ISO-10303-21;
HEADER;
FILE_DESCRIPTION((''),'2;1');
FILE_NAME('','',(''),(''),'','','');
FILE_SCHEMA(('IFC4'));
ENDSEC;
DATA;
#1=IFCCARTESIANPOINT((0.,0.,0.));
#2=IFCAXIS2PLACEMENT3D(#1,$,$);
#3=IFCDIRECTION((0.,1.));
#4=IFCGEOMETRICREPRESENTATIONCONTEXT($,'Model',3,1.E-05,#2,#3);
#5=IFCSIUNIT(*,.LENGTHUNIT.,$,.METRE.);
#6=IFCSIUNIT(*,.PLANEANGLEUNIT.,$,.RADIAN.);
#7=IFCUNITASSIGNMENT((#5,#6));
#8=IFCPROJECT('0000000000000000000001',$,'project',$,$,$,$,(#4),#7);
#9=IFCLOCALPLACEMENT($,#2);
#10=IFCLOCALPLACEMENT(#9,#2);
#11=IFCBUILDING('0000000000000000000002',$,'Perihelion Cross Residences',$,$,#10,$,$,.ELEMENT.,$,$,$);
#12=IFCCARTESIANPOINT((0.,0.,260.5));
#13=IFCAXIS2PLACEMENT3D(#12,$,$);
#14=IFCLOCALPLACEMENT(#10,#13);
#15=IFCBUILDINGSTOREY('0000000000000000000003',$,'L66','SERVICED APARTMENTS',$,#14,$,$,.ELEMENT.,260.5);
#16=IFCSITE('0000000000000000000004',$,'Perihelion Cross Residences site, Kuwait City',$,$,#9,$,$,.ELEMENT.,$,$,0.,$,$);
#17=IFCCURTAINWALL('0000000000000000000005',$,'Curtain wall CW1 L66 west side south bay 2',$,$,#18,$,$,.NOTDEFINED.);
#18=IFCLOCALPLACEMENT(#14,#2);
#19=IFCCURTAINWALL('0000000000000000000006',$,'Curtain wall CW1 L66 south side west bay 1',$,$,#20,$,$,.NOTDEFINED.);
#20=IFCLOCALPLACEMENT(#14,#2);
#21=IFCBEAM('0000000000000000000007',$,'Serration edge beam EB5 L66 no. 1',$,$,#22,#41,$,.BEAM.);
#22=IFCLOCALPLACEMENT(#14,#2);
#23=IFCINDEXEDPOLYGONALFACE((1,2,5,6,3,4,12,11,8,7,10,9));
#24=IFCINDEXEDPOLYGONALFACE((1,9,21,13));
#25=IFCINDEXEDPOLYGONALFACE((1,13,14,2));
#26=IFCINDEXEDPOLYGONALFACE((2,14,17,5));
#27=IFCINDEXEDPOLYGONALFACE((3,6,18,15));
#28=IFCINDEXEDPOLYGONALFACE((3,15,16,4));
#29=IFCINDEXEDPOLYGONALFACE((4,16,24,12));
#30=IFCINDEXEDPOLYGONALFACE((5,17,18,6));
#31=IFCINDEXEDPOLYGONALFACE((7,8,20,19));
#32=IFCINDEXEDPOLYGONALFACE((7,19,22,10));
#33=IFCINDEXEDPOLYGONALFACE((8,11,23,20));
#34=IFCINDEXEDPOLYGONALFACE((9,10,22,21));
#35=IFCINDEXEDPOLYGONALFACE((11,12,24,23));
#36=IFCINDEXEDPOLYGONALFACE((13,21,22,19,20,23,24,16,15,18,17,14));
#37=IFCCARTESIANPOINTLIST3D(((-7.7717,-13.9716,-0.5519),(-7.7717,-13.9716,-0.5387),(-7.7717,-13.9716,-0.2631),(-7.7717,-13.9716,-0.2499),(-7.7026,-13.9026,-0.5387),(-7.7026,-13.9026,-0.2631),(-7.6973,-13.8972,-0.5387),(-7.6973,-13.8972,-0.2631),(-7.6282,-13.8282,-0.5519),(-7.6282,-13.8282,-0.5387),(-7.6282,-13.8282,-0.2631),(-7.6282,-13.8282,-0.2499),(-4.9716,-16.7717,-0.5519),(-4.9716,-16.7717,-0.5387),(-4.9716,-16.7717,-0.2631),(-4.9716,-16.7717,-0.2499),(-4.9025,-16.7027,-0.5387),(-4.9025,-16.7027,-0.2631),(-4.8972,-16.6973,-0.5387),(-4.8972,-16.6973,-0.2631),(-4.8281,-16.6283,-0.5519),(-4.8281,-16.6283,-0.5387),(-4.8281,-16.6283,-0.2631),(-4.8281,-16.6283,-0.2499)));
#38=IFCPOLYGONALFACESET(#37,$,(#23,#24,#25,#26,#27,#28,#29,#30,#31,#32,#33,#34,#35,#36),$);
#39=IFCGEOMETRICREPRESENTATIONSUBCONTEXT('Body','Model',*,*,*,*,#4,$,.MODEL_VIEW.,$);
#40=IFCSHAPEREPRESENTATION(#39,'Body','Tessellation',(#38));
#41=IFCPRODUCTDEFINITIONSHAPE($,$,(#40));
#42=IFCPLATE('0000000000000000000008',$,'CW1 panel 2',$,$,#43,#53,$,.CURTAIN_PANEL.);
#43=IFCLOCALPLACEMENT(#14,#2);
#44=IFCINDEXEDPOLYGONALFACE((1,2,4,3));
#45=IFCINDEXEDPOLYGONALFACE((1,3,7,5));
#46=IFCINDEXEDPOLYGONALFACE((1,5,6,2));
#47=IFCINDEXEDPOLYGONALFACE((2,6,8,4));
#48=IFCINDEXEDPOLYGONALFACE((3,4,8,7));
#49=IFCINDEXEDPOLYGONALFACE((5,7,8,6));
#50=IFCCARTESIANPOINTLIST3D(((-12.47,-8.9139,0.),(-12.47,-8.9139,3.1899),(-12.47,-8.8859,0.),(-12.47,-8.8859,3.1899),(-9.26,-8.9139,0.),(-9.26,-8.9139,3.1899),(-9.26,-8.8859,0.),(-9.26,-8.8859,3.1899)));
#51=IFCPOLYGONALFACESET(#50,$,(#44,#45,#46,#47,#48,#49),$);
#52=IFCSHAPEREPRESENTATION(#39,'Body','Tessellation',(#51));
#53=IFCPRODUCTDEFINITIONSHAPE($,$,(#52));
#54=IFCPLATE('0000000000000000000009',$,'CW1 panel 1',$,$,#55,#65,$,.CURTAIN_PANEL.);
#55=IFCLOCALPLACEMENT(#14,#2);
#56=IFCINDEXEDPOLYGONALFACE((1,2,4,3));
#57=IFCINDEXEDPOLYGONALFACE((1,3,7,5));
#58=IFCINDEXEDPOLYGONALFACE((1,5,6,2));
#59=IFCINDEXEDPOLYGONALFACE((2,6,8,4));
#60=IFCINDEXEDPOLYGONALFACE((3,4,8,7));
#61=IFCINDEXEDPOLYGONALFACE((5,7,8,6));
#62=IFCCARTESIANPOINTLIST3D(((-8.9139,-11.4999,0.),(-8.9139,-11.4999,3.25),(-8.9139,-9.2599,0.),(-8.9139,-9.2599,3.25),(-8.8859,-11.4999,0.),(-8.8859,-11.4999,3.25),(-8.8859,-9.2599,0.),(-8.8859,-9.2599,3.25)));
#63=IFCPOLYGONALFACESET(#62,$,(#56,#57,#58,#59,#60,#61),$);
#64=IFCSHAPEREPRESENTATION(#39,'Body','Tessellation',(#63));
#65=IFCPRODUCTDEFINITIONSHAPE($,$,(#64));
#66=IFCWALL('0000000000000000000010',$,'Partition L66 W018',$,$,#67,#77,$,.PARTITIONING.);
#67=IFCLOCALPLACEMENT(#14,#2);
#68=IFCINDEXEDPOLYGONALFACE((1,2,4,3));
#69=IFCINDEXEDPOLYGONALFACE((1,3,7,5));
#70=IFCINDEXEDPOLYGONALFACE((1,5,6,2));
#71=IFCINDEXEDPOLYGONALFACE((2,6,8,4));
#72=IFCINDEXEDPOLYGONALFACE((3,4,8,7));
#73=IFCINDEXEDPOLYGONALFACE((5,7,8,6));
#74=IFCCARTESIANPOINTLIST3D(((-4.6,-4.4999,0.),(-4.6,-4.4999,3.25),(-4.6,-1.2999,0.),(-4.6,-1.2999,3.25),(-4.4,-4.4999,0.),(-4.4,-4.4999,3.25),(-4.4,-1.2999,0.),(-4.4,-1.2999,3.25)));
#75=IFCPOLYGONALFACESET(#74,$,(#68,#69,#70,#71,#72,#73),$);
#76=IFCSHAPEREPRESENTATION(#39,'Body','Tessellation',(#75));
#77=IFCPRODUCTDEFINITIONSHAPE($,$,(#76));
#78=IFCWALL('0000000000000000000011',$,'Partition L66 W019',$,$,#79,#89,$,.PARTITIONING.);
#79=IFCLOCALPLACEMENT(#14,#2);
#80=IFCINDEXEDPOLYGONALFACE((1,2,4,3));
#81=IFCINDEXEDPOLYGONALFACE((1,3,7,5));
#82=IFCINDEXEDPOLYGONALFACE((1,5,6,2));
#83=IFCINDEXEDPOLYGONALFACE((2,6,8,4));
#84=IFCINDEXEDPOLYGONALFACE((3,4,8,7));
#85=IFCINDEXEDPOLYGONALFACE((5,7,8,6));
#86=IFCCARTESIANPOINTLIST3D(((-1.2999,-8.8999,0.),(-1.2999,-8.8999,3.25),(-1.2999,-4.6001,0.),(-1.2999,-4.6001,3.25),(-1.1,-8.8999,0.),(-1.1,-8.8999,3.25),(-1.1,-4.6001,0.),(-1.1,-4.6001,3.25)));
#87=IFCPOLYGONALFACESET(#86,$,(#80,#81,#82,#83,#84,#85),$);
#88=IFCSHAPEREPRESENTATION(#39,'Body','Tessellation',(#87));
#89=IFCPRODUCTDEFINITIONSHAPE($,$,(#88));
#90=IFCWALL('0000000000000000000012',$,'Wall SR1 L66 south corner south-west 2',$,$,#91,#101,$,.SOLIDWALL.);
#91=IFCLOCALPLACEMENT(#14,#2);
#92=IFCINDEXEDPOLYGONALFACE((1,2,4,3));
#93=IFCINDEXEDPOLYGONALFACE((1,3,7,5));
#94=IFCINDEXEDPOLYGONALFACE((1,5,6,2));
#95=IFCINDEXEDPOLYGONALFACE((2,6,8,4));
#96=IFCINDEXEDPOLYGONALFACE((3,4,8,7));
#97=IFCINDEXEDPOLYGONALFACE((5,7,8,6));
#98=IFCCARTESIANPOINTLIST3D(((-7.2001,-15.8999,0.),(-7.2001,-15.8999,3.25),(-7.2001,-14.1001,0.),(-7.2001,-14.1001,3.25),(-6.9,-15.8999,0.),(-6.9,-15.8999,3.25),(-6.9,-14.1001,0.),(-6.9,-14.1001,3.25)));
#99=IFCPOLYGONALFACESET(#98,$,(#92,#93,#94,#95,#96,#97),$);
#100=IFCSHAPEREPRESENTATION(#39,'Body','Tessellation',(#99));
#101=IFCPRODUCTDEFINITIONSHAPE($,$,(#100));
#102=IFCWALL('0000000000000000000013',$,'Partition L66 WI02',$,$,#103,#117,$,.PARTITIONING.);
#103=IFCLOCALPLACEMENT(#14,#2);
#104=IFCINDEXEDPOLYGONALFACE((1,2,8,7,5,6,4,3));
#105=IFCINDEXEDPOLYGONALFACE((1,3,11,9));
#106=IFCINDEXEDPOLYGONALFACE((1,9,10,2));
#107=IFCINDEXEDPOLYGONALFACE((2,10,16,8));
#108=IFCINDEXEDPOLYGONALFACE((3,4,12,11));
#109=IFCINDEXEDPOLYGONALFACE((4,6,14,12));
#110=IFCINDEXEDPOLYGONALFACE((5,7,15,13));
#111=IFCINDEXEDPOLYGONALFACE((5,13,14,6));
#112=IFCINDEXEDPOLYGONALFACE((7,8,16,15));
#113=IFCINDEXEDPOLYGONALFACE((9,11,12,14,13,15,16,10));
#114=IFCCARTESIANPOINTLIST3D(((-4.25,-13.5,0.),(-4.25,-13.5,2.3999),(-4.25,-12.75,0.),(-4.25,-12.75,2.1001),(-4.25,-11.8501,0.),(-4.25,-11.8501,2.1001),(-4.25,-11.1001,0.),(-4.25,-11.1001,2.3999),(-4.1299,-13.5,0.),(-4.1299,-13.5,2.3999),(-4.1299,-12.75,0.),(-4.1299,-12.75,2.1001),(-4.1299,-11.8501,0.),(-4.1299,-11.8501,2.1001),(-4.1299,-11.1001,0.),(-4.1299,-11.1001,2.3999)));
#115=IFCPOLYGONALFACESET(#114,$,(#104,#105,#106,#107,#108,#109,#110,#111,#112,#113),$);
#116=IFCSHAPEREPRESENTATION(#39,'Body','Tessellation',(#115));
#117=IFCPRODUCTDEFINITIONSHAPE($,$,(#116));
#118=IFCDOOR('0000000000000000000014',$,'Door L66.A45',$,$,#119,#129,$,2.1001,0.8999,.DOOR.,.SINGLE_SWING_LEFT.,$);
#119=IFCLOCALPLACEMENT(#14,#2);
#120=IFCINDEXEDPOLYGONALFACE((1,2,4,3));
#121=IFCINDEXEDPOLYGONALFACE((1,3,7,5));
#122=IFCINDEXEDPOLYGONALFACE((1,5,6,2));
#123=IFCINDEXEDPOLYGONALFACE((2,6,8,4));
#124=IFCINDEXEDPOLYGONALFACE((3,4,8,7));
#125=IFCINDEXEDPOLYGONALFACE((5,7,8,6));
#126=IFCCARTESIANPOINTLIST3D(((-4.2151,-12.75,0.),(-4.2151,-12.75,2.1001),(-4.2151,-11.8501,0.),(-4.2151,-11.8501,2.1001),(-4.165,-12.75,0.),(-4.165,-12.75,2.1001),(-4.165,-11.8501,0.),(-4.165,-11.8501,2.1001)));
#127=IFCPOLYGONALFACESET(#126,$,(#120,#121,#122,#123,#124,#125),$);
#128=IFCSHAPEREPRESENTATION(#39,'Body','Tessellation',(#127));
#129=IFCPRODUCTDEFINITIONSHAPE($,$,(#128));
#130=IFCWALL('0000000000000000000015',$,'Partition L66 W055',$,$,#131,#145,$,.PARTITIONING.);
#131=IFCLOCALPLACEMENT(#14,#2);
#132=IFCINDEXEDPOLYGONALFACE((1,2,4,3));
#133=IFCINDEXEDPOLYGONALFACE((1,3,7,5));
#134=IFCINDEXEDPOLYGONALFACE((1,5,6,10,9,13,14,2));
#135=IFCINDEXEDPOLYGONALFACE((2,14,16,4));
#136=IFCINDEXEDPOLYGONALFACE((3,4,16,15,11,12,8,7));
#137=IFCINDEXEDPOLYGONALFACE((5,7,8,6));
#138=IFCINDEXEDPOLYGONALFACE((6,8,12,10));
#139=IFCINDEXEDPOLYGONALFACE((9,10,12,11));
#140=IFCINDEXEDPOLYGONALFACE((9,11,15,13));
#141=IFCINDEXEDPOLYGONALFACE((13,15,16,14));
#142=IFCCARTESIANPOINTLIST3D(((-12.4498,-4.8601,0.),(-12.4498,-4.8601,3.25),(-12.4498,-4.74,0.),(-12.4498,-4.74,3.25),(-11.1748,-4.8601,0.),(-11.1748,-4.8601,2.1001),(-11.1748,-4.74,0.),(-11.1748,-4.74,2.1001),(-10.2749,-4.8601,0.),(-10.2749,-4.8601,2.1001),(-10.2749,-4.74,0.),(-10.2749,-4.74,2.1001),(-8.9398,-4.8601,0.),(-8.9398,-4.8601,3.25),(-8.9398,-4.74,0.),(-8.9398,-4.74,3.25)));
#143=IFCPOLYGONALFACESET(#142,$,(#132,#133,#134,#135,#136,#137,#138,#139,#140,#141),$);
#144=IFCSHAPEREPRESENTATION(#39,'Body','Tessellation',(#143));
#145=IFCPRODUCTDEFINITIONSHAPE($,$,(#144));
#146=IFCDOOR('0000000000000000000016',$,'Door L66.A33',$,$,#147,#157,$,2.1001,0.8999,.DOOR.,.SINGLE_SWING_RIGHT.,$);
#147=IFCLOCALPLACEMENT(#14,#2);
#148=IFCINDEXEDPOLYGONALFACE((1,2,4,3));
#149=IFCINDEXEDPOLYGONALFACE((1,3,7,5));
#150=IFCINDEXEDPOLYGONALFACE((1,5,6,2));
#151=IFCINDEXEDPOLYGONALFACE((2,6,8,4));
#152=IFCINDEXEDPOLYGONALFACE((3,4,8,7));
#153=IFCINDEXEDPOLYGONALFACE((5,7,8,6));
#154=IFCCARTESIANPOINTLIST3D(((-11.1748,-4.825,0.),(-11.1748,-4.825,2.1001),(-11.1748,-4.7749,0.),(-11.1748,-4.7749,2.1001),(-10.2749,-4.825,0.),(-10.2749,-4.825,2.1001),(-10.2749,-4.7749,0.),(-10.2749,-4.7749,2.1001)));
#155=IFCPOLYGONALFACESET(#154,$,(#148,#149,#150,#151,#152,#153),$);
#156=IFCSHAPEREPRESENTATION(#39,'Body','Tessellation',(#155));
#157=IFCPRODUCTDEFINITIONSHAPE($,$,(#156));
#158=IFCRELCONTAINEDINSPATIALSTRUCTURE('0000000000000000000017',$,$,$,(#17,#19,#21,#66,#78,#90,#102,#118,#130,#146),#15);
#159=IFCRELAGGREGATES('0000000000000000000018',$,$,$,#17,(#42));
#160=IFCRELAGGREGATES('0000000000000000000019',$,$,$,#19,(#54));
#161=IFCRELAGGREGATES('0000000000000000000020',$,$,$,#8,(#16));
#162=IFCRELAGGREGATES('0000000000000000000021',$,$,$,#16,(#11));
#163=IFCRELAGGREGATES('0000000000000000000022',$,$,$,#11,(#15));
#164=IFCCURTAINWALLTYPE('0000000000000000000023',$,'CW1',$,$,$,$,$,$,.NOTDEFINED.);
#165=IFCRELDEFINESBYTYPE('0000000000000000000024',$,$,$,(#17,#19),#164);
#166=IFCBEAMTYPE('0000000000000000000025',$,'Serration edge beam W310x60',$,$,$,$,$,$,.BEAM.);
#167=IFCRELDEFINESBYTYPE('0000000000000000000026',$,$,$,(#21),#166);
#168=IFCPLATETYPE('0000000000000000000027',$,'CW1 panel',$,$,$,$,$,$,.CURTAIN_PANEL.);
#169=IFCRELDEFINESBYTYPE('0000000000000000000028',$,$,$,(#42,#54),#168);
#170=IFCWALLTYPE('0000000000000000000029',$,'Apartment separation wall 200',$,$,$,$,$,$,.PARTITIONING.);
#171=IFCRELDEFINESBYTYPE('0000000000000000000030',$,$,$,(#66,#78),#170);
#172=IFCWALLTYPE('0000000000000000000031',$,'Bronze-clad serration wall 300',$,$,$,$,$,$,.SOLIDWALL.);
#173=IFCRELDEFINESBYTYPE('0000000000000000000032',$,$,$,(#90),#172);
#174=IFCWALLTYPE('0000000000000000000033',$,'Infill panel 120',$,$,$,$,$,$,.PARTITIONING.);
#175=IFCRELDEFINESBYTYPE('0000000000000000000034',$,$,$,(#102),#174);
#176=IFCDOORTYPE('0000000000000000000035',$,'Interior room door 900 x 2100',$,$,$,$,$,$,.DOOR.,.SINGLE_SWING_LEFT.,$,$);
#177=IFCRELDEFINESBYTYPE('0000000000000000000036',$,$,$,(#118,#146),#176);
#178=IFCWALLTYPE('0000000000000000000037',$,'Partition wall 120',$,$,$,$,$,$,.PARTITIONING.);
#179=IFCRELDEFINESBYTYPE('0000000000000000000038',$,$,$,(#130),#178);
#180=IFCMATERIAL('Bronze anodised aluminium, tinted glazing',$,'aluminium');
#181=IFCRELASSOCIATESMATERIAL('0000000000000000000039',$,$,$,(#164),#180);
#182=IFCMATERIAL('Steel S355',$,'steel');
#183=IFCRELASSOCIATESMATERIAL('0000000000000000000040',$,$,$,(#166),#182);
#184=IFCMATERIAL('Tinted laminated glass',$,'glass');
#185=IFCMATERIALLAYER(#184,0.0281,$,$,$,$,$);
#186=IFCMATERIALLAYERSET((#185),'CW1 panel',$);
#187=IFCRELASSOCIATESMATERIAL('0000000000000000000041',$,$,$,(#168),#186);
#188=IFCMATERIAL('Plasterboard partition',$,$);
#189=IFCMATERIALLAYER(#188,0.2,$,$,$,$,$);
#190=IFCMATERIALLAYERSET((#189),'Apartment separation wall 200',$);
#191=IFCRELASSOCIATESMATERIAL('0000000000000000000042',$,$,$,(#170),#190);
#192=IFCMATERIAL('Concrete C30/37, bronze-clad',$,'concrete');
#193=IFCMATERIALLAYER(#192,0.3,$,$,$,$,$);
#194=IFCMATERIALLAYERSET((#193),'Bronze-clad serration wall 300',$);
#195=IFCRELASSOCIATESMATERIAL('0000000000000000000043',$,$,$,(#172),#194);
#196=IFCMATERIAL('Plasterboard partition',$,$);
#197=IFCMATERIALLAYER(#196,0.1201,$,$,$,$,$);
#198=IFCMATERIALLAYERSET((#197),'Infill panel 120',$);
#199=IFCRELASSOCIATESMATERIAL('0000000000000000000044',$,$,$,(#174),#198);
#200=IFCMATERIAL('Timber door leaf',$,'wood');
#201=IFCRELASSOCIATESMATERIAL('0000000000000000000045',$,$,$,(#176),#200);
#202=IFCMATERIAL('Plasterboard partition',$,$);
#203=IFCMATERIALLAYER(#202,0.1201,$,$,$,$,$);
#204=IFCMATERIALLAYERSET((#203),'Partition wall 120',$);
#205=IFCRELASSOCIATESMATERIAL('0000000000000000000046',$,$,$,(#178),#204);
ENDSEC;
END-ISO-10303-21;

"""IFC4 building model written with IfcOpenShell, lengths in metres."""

from ifc_helpers import new_model, si_unit, direction, frame, frame_2d, origin, origin_2d, place, context, subcontext, project, spatial, rectangle, i_section, extrude, material, layer, layer_set, material_profile, profile_set, type_object, element, fill, aggregate, save


model = new_model("IFC4")

# Units and contexts
model_context = context("Model", 3, precision=1e-05, world=origin(), true_north=direction((0.0, 1.0)))
body_context = subcontext(model_context, "Body", "Model", "MODEL_VIEW")
ifc_project = project(units=[si_unit("LENGTHUNIT", "METRE"), si_unit("PLANEANGLEUNIT", "RADIAN")], contexts=[model_context])

# Site, building, storey
site_placement = place(None, origin())
site = spatial("IfcSite", under=ifc_project, at=site_placement, Name="Perihelion Cross Residences site, Kuwait City", CompositionType="ELEMENT", RefElevation=0.0)
building_placement = place(site_placement, origin())
building = spatial("IfcBuilding", under=site, at=building_placement, Name="Perihelion Cross Residences", CompositionType="ELEMENT")
storey_placement = place(building_placement, frame((0.0, 0.0, 260.5)))
storey = spatial("IfcBuildingStorey", under=building, at=storey_placement, Name="L66", Description="SERVICED APARTMENTS", CompositionType="ELEMENT", Elevation=260.5)

# Curtain walls
ifc_material_1 = material(Name="Bronze anodised aluminium, tinted glazing", Category="aluminium")
curtain_wall_type = type_object("IfcCurtainWallType", Name="CW1", PredefinedType="NOTDEFINED", material=ifc_material_1)
curtain_wall_1_placement = place(storey_placement, origin())
curtain_wall_1 = element("IfcCurtainWall", 1, at=curtain_wall_1_placement, inside=storey, type_object=curtain_wall_type, Name="Curtain wall CW1 L66 west side south bay 2", PredefinedType="NOTDEFINED")
curtain_wall_2_placement = place(storey_placement, origin())
curtain_wall_2 = element("IfcCurtainWall", 2, at=curtain_wall_2_placement, inside=storey, type_object=curtain_wall_type, Name="Curtain wall CW1 L66 south side west bay 1", PredefinedType="NOTDEFINED")

# Beam
ifc_material_2 = material(Name="Steel S355", Category="steel")
ifc_material_profile_1 = material_profile(ifc_material_2, i_section(OverallWidth=0.2029, OverallDepth=0.302, WebThickness=0.0076, FlangeThickness=0.0132, at=origin_2d()), Name="W310x60")
ifc_profile_set_1 = profile_set([ifc_material_profile_1], Name="Steel S355")
beam_type_1 = type_object("IfcBeamType", Name="Serration edge beam W310x60", PredefinedType="BEAM", material=ifc_profile_set_1)
beam_1_placement = place(storey_placement, frame((-7.7, -13.8999, -0.4009), z_axis=(0.707107, -0.707107, 0.0), x_axis=(0.707107, 0.707107, 0.0)))
element("IfcBeam", 3, at=beam_1_placement, inside=storey, type_object=beam_type_1, Name="Serration edge beam EB5 L66 no. 1", PredefinedType="BEAM", context=body_context, shape_type="SweptSolid", body=[
    extrude(i_section(OverallWidth=0.2029, OverallDepth=0.302, WebThickness=0.0076, FlangeThickness=0.0132, at=origin_2d()), origin(), (0.0, 0.0, 1.0), 3.96),
])

# Plates
ifc_material_3 = material(Name="Tinted laminated glass", Category="glass")
ifc_layer_1 = layer(ifc_material_3, 0.0281)
ifc_layer_set_1 = layer_set([ifc_layer_1], Name="CW1 panel")
plate_type = type_object("IfcPlateType", Name="CW1 panel", PredefinedType="CURTAIN_PANEL", material=ifc_layer_set_1)
plate_1_placement = place(storey_placement, frame((-10.865, -8.8999, 0.0), z_axis=(0.0, 0.0, 1.0), x_axis=(1.0, 0.0, 0.0)))
plate_1 = element("IfcPlate", 4, at=plate_1_placement, type_object=plate_type, Name="CW1 panel 2", PredefinedType="CURTAIN_PANEL", context=body_context, shape_type="SweptSolid", body=[
    extrude(rectangle(XDim=3.21, YDim=0.0281, at=origin_2d()), origin(), (0.0, 0.0, 1.0), 3.1899),
])
aggregate(curtain_wall_1, [plate_1])
plate_2_placement = place(storey_placement, frame((-8.8999, -10.3799, 0.0), z_axis=(0.0, 0.0, 1.0), x_axis=(0.0, -1.0, 0.0)))
plate_2 = element("IfcPlate", 5, at=plate_2_placement, type_object=plate_type, Name="CW1 panel 1", PredefinedType="CURTAIN_PANEL", context=body_context, shape_type="SweptSolid", body=[
    extrude(rectangle(XDim=2.24, YDim=0.0281, at=origin_2d()), origin(), (0.0, 0.0, 1.0), 3.25),
])
aggregate(curtain_wall_2, [plate_2])

# Walls
ifc_material_4 = material(Name="Plasterboard partition")
ifc_layer_2 = layer(ifc_material_4, 0.2)
ifc_layer_set_2 = layer_set([ifc_layer_2], Name="Apartment separation wall 200")
wall_type_1 = type_object("IfcWallType", Name="Apartment separation wall 200", PredefinedType="PARTITIONING", material=ifc_layer_set_2)
wall_1_placement = place(storey_placement, frame((-4.5, -4.5, 0.0), z_axis=(0.0, 0.0, 1.0), x_axis=(0.0, 1.0, 0.0)))
element("IfcWall", 6, at=wall_1_placement, inside=storey, type_object=wall_type_1, Name="Partition L66 W018", PredefinedType="PARTITIONING", context=body_context, shape_type="SweptSolid", body=[
    extrude(rectangle(XDim=3.2, YDim=0.2, at=frame_2d((1.6001, 0.0))), origin(), (0.0, 0.0, 1.0), 3.25),
])
wall_2_placement = place(storey_placement, frame((-1.2, -8.8999, 0.0), z_axis=(0.0, 0.0, 1.0), x_axis=(0.0, 1.0, 0.0)))
element("IfcWall", 7, at=wall_2_placement, inside=storey, type_object=wall_type_1, Name="Partition L66 W019", PredefinedType="PARTITIONING", context=body_context, shape_type="SweptSolid", body=[
    extrude(rectangle(XDim=4.2998, YDim=0.2, at=frame_2d((2.1499, 0.0))), origin(), (0.0, 0.0, 1.0), 3.25),
])

# Wall
ifc_material_5 = material(Name="Concrete C30/37, bronze-clad", Category="concrete")
ifc_layer_3 = layer(ifc_material_5, 0.3)
ifc_layer_set_3 = layer_set([ifc_layer_3], Name="Bronze-clad serration wall 300")
wall_type_2 = type_object("IfcWallType", Name="Bronze-clad serration wall 300", PredefinedType="SOLIDWALL", material=ifc_layer_set_3)
wall_3_placement = place(storey_placement, frame((-7.05, -14.1001, 0.0), z_axis=(0.0, 0.0, 1.0), x_axis=(0.0, -1.0, 0.0)))
element("IfcWall", 8, at=wall_3_placement, inside=storey, type_object=wall_type_2, Name="Wall SR1 L66 south corner south-west 2", PredefinedType="SOLIDWALL", context=body_context, shape_type="SweptSolid", body=[
    extrude(rectangle(XDim=1.7998, YDim=0.3, at=frame_2d((0.8999, 0.0))), origin(), (0.0, 0.0, 1.0), 3.25),
])

# Walls, openings, doors
ifc_material_6 = material(Name="Plasterboard partition")
ifc_layer_4 = layer(ifc_material_6, 0.1201)
ifc_layer_set_4 = layer_set([ifc_layer_4], Name="Infill panel 120")
wall_type_3 = type_object("IfcWallType", Name="Infill panel 120", PredefinedType="PARTITIONING", material=ifc_layer_set_4)
wall_4_placement = place(storey_placement, frame((-4.1899, -11.1001, 0.0), z_axis=(0.0, 0.0, 1.0), x_axis=(0.0, -1.0, 0.0)))
wall_4 = element("IfcWall", 9, at=wall_4_placement, inside=storey, type_object=wall_type_3, Name="Partition L66 WI02", PredefinedType="PARTITIONING", context=body_context, shape_type="SweptSolid", body=[
    extrude(rectangle(XDim=2.3999, YDim=0.1201, at=frame_2d((1.2, 0.0))), origin(), (0.0, 0.0, 1.0), 2.3999),
])
opening_1_placement = place(wall_4_placement, frame((0.75, 0.0, 0.0)))
opening_1 = element("IfcOpeningElement", 10, at=opening_1_placement, cuts=wall_4, PredefinedType="OPENING", context=body_context, shape_type="SweptSolid", body=[
    extrude(rectangle(XDim=0.8999, YDim=2.1001, at=frame_2d((0.45, 1.05))), frame((0.0, 0.0701, 0.0), z_axis=(0.0, -1.0, 0.0), x_axis=(1.0, 0.0, 0.0)), (0.0, 0.0, 1.0), 0.1401),
])
ifc_material_7 = material(Name="Timber door leaf", Category="wood")
door_type_1 = type_object("IfcDoorType", Name="Interior room door 900 x 2100", OperationType="SINGLE_SWING_LEFT", PredefinedType="DOOR", material=ifc_material_7)
door_1_placement = place(opening_1_placement, origin())
door_1 = element("IfcDoor", 11, at=door_1_placement, inside=storey, type_object=door_type_1, Name="Door L66.A45", OperationType="SINGLE_SWING_LEFT", OverallHeight=2.1001, OverallWidth=0.8999, PredefinedType="DOOR", context=body_context, shape_type="SweptSolid", body=[
    extrude(rectangle(XDim=0.8999, YDim=2.1001, at=frame_2d((0.45, 1.05))), frame((0.0, 0.0249, 0.0), z_axis=(0.0, -1.0, 0.0), x_axis=(1.0, 0.0, 0.0)), (0.0, 0.0, 1.0), 0.05),
])
fill(opening_1, door_1)
ifc_material_8 = material(Name="Plasterboard partition")
ifc_layer_5 = layer(ifc_material_8, 0.1201)
ifc_layer_set_5 = layer_set([ifc_layer_5], Name="Partition wall 120")
wall_type_4 = type_object("IfcWallType", Name="Partition wall 120", PredefinedType="PARTITIONING", material=ifc_layer_set_5)
wall_5_placement = place(storey_placement, frame((-8.9399, -4.8, 0.0), z_axis=(0.0, 0.0, 1.0), x_axis=(-1.0, 0.0, 0.0)))
wall_5 = element("IfcWall", 12, at=wall_5_placement, inside=storey, type_object=wall_type_4, Name="Partition L66 W055", PredefinedType="PARTITIONING", context=body_context, shape_type="SweptSolid", body=[
    extrude(rectangle(XDim=3.51, YDim=0.1201, at=frame_2d((1.7549, 0.0))), origin(), (0.0, 0.0, 1.0), 3.25),
])
opening_2_placement = place(wall_5_placement, frame((1.335, 0.0, 0.0)))
opening_2 = element("IfcOpeningElement", 13, at=opening_2_placement, cuts=wall_5, PredefinedType="OPENING", context=body_context, shape_type="SweptSolid", body=[
    extrude(rectangle(XDim=0.8999, YDim=2.1001, at=frame_2d((0.45, 1.05))), frame((0.0, 0.0701, 0.0), z_axis=(0.0, -1.0, 0.0), x_axis=(1.0, 0.0, 0.0)), (0.0, 0.0, 1.0), 0.1401),
])
door_2_placement = place(opening_2_placement, origin())
door_2 = element("IfcDoor", 14, at=door_2_placement, inside=storey, type_object=door_type_1, Name="Door L66.A33", OperationType="SINGLE_SWING_RIGHT", OverallHeight=2.1001, OverallWidth=0.8999, PredefinedType="DOOR", context=body_context, shape_type="SweptSolid", body=[
    extrude(rectangle(XDim=0.8999, YDim=2.1001, at=frame_2d((0.45, 1.05))), frame((0.0, 0.0249, 0.0), z_axis=(0.0, -1.0, 0.0), x_axis=(1.0, 0.0, 0.0)), (0.0, 0.0, 1.0), 0.05),
])
fill(opening_2, door_2)

save(model, "model.ifc")
